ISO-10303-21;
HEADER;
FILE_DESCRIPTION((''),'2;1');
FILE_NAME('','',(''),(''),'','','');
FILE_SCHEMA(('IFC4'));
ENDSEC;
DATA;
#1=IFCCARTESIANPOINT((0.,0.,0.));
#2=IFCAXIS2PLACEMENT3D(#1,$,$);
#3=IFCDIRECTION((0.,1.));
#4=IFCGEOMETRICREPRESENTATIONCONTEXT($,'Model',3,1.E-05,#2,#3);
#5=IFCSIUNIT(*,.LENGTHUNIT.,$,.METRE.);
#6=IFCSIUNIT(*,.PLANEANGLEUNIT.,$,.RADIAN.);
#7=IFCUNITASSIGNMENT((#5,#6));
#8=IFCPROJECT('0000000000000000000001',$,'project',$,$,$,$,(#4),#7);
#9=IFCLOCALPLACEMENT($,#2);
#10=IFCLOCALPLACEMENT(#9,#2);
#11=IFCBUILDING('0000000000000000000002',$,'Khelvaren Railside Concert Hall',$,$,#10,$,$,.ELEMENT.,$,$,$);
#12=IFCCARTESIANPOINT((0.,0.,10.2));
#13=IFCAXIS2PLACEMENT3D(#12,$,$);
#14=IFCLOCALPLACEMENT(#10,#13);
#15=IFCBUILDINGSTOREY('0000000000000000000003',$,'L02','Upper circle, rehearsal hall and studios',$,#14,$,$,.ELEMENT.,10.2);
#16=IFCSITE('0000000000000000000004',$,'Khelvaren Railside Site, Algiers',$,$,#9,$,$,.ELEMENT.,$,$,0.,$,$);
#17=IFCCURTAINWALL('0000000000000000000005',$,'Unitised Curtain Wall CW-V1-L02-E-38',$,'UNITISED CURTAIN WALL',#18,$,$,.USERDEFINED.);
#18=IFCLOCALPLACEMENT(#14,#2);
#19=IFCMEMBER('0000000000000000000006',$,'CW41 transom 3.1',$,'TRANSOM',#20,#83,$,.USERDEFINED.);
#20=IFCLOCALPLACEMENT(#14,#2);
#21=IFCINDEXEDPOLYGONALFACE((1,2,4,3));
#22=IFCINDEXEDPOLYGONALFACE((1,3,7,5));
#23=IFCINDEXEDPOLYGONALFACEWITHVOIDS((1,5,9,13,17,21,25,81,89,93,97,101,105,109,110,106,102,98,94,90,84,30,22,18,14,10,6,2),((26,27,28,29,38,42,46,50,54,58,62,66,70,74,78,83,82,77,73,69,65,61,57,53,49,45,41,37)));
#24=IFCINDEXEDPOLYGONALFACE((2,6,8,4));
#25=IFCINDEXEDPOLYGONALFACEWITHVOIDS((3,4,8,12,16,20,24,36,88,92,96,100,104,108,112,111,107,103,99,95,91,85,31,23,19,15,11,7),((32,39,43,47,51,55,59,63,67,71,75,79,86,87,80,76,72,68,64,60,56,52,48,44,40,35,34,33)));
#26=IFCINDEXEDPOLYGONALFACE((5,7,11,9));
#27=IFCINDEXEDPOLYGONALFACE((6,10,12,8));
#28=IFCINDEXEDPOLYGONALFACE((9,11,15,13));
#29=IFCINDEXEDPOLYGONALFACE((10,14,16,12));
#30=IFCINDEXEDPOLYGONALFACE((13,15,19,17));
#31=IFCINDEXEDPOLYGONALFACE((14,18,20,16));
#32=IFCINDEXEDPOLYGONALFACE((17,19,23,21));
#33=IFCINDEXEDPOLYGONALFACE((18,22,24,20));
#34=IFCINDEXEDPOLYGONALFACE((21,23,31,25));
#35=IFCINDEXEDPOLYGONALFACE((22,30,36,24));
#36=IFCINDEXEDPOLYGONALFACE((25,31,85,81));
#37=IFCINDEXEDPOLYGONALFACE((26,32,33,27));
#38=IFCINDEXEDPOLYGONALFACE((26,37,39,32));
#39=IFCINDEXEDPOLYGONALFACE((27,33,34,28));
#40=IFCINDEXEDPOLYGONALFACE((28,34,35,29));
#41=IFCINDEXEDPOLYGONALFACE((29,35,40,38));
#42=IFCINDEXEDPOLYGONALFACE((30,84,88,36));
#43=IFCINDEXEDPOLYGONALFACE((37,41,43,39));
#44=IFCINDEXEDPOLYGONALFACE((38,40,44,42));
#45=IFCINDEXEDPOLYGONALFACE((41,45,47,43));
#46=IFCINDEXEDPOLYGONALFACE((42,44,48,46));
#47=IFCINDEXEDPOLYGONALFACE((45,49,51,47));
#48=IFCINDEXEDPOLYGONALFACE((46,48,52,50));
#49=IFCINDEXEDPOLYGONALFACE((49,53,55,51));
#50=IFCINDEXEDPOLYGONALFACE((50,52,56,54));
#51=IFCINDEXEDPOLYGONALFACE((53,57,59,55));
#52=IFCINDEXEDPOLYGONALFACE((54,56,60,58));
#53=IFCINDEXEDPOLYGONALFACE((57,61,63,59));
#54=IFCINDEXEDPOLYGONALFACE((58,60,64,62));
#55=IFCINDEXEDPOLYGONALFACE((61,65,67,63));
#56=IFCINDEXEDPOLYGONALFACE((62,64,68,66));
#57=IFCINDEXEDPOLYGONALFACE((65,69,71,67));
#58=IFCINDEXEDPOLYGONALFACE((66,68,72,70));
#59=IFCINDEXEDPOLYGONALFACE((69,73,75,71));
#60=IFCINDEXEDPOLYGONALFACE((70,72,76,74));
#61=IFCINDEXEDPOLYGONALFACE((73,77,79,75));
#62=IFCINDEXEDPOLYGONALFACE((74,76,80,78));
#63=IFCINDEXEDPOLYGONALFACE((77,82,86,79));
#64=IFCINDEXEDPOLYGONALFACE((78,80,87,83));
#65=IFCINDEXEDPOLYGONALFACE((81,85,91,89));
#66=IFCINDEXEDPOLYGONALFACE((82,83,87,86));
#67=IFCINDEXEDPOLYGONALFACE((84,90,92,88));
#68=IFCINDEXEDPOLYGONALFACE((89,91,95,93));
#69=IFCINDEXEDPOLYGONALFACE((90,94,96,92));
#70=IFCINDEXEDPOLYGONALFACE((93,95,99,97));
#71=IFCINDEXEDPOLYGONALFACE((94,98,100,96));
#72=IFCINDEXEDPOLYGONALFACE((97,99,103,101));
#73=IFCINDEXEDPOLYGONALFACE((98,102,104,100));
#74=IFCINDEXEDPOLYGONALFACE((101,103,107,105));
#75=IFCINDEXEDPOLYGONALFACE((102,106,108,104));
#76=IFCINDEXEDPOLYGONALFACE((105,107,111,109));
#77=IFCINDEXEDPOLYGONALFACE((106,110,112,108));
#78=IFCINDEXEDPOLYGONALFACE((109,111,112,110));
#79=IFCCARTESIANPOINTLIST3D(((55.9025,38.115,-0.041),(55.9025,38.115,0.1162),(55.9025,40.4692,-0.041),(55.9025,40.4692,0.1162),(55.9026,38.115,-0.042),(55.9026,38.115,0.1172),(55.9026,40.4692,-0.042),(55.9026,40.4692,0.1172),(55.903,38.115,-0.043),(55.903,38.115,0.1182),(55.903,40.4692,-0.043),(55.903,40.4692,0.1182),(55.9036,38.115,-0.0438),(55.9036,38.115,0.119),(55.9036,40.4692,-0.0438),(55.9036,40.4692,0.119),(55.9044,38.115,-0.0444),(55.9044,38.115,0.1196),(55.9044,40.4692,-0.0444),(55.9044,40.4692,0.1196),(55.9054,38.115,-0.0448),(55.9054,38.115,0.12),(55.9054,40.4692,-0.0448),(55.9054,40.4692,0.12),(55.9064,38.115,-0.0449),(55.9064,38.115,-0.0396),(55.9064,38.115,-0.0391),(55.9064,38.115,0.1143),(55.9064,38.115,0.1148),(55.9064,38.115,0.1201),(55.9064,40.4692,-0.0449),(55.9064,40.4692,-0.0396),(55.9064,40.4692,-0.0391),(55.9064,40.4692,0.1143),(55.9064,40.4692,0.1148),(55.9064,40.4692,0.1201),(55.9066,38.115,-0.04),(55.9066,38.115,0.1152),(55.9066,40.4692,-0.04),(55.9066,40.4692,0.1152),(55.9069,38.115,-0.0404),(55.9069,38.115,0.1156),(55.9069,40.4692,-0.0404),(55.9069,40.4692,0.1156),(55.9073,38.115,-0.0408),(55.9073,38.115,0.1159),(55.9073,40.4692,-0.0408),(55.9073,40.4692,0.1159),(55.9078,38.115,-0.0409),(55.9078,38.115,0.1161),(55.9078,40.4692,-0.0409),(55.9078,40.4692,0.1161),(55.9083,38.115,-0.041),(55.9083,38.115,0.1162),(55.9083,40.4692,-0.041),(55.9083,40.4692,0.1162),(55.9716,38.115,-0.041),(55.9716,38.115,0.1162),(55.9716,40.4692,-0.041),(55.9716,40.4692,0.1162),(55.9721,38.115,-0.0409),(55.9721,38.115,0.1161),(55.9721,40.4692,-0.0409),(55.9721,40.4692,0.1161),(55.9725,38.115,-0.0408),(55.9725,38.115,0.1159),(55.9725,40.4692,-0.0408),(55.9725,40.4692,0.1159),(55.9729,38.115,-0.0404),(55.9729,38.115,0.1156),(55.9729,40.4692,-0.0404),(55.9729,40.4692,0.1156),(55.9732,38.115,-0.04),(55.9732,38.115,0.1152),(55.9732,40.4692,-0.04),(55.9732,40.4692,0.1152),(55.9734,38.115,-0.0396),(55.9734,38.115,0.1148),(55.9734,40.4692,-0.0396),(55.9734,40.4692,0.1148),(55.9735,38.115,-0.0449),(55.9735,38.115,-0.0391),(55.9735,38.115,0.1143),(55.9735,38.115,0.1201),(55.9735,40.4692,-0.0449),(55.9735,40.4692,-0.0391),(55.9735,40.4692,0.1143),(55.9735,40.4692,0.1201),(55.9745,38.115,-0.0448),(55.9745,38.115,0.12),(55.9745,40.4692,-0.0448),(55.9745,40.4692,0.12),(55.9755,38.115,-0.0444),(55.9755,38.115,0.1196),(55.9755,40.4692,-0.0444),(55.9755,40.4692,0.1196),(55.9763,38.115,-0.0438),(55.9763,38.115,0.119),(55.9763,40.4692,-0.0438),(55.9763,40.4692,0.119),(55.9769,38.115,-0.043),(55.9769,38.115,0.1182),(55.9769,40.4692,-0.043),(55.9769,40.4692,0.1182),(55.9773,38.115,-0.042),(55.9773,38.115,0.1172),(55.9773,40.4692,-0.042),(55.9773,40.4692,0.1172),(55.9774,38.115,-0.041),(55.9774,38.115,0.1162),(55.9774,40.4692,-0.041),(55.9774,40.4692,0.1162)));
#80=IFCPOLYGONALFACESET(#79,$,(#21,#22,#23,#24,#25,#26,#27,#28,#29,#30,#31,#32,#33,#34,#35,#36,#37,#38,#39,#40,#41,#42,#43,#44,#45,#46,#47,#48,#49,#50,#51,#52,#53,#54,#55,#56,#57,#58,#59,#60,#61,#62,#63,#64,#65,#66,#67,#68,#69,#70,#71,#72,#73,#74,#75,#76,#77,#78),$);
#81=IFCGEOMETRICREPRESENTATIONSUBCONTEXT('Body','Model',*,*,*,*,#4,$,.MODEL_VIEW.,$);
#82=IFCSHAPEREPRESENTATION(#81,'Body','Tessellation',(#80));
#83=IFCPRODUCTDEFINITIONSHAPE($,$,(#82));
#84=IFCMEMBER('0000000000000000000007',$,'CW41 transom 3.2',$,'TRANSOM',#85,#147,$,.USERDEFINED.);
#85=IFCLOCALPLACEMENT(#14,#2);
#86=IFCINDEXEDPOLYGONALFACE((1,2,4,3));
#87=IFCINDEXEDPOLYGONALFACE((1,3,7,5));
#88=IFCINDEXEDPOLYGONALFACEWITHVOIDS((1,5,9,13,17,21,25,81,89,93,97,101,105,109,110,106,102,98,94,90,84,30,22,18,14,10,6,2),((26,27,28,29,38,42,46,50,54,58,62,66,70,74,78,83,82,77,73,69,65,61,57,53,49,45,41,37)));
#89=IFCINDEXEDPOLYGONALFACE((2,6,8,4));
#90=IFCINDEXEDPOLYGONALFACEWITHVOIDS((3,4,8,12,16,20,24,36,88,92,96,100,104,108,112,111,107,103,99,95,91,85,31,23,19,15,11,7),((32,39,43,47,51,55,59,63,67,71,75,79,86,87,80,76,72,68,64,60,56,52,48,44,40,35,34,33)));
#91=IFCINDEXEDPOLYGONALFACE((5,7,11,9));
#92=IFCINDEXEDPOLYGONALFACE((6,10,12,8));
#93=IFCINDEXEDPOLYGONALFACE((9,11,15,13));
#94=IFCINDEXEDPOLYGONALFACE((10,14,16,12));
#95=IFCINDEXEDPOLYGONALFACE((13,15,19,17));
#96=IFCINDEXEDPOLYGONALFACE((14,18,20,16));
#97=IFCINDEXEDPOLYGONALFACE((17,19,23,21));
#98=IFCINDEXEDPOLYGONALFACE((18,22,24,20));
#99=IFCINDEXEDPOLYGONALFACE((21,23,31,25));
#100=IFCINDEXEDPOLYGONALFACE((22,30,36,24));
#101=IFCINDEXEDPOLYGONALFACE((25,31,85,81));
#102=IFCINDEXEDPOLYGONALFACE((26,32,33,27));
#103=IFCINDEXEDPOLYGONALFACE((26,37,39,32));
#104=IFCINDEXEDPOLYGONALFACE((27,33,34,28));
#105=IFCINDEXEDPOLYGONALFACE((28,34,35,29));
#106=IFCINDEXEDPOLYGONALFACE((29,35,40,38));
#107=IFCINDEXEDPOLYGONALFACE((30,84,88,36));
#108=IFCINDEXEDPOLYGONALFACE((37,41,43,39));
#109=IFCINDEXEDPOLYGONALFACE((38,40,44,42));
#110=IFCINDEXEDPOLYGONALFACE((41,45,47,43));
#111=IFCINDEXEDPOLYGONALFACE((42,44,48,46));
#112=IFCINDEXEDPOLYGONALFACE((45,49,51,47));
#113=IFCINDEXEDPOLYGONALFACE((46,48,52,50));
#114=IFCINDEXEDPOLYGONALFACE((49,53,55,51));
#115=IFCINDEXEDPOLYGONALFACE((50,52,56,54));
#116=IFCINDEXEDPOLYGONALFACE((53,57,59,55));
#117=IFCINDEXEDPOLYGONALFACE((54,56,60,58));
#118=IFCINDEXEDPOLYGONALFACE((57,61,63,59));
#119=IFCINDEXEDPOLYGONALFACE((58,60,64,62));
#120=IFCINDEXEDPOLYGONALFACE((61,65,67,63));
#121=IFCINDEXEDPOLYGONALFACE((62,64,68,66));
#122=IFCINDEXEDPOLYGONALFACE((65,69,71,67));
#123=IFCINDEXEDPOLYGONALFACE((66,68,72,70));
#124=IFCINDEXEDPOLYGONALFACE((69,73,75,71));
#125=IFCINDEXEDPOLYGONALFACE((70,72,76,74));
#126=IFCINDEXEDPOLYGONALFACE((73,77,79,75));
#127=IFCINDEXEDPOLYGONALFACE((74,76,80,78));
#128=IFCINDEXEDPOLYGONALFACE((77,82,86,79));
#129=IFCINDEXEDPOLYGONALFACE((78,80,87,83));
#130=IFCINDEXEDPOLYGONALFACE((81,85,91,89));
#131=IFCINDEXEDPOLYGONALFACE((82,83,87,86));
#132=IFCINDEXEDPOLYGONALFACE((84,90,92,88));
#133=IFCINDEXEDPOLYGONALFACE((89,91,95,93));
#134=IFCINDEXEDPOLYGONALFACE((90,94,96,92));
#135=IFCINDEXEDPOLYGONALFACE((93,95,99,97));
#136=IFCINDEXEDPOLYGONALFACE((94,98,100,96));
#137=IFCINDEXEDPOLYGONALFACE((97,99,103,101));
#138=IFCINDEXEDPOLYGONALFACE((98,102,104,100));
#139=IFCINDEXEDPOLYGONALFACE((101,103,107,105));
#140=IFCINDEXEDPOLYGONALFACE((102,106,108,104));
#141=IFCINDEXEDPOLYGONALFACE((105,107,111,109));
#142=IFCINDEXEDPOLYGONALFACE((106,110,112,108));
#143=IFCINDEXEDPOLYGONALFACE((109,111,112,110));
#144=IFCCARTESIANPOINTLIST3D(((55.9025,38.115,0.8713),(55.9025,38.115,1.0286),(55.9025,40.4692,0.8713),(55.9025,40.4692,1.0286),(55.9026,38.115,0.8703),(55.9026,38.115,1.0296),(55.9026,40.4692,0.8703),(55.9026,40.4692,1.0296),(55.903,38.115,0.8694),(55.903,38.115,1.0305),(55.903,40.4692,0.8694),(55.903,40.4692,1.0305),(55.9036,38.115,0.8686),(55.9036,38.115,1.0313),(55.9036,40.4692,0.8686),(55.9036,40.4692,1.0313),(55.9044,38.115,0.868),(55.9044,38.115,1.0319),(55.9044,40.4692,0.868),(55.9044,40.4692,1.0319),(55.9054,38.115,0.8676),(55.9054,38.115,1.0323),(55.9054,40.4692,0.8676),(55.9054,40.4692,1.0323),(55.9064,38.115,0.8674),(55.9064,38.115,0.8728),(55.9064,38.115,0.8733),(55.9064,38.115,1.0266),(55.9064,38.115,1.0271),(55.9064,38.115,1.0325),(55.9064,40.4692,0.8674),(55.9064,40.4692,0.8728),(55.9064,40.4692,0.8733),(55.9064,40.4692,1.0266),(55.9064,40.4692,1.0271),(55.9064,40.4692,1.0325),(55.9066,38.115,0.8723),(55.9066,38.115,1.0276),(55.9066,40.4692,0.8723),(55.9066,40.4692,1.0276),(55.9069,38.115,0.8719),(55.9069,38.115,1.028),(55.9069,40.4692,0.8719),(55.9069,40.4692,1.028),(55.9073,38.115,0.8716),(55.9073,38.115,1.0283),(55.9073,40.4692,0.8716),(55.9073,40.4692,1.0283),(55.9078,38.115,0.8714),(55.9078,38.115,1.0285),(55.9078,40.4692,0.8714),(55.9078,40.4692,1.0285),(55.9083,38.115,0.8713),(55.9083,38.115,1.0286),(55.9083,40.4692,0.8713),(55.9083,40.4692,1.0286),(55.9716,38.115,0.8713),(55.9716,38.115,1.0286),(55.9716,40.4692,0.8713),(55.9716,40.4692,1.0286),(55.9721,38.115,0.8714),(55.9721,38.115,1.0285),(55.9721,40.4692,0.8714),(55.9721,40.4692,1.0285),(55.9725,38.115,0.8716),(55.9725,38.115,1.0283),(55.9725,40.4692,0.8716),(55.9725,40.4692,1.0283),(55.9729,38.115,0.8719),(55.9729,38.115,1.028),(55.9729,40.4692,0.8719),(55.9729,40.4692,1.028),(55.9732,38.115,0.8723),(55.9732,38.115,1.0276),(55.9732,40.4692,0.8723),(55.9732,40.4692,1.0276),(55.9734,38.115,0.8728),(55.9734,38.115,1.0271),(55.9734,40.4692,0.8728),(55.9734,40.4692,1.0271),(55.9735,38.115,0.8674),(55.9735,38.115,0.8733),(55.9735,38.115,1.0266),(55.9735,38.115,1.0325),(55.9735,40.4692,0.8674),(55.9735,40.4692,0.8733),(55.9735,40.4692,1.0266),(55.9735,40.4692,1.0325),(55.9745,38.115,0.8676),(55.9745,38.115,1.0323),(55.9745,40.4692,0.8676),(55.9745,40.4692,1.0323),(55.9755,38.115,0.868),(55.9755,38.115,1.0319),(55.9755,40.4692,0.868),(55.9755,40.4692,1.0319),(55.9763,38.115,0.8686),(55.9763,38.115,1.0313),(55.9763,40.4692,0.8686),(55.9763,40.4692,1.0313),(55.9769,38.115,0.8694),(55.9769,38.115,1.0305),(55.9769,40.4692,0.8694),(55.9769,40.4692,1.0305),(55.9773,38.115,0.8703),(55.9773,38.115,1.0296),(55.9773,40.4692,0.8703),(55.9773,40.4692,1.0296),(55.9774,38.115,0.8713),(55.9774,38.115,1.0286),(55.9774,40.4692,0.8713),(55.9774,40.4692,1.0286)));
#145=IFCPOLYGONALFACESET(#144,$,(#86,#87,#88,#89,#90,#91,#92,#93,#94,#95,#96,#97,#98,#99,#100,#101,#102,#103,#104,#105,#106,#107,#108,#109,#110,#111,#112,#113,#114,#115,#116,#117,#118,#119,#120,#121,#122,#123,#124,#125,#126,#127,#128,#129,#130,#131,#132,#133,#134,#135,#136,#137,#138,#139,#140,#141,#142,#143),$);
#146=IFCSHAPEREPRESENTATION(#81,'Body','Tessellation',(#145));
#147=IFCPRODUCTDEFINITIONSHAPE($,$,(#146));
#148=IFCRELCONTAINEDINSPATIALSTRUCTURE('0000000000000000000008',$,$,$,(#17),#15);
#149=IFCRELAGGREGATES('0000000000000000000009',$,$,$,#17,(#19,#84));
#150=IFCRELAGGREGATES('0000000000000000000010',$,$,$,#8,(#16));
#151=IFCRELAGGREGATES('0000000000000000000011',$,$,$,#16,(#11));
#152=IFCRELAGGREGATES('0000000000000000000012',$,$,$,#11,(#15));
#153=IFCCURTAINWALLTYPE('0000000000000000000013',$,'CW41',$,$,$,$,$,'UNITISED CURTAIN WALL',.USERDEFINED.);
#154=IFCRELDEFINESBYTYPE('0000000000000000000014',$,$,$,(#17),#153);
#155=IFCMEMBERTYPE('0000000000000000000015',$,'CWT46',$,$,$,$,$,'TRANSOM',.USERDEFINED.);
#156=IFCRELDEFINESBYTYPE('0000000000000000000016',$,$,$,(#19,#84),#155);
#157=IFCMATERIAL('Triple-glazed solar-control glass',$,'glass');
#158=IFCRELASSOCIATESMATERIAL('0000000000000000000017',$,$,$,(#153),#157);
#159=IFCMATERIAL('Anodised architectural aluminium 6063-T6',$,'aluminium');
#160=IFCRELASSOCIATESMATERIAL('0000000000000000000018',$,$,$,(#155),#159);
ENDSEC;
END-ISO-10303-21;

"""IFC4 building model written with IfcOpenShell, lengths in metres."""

from ifc_helpers import new_model, si_unit, direction, frame, origin, origin_2d, place, context, subcontext, project, spatial, hollow_rectangle, extrude, material, material_profile, profile_set, type_object, element, aggregate, save


model = new_model("IFC4")

# Units and contexts
model_context = context("Model", 3, precision=1e-05, world=origin(), true_north=direction((0.0, 1.0)))
body_context = subcontext(model_context, "Body", "Model", "MODEL_VIEW")
ifc_project = project(units=[si_unit("LENGTHUNIT", "METRE"), si_unit("PLANEANGLEUNIT", "RADIAN")], contexts=[model_context])

# Site, building, storey
site_placement = place(None, origin())
site = spatial("IfcSite", under=ifc_project, at=site_placement, Name="Khelvaren Railside Site, Algiers", CompositionType="ELEMENT", RefElevation=0.0)
building_placement = place(site_placement, origin())
building = spatial("IfcBuilding", under=site, at=building_placement, Name="Khelvaren Railside Concert Hall", CompositionType="ELEMENT")
storey_placement = place(building_placement, frame((0.0, 0.0, 10.2)))
storey = spatial("IfcBuildingStorey", under=building, at=storey_placement, Name="L02", Description="Upper circle, rehearsal hall and studios", CompositionType="ELEMENT", Elevation=10.2)

# Curtain wall, members
ifc_material_1 = material(Name="Triple-glazed solar-control glass", Category="glass")
curtain_wall_type = type_object("IfcCurtainWallType", Name="CW41", ElementType="UNITISED CURTAIN WALL", PredefinedType="USERDEFINED", material=ifc_material_1)
curtain_wall_placement = place(storey_placement, origin())
curtain_wall = element("IfcCurtainWall", 1, at=curtain_wall_placement, inside=storey, type_object=curtain_wall_type, Name="Unitised Curtain Wall CW-V1-L02-E-38", ObjectType="UNITISED CURTAIN WALL", PredefinedType="USERDEFINED")
ifc_material_2 = material(Name="Anodised architectural aluminium 6063-T6", Category="aluminium")
ifc_material_profile_1 = material_profile(ifc_material_2, hollow_rectangle(XDim=0.075, YDim=0.165, WallThickness=0.0039, InnerFilletRadius=0.002, OuterFilletRadius=0.0039, at=origin_2d()), Name="CWT 75x165x4")
ifc_profile_set_1 = profile_set([ifc_material_profile_1], Name="Anodised architectural aluminium 6063-T6")
member_type_1 = type_object("IfcMemberType", Name="CWT46", ElementType="TRANSOM", PredefinedType="USERDEFINED", material=ifc_profile_set_1)
member_1_placement = place(storey_placement, frame((55.9399, 40.4692, 0.0376), z_axis=(0.0, -1.0, 0.0), x_axis=(1.0, 0.0, 0.0)))
member_1 = element("IfcMember", 2, at=member_1_placement, type_object=member_type_1, Name="CW41 transom 3.1", ObjectType="TRANSOM", PredefinedType="USERDEFINED", context=body_context, shape_type="SweptSolid", body=[
    extrude(hollow_rectangle(XDim=0.075, YDim=0.165, WallThickness=0.0039, InnerFilletRadius=0.002, OuterFilletRadius=0.0039, at=origin_2d()), origin(), (0.0, 0.0, 1.0), 2.3542),
])
member_2_placement = place(storey_placement, frame((55.9399, 40.4692, 0.95), z_axis=(0.0, -1.0, 0.0), x_axis=(1.0, 0.0, 0.0)))
member_2 = element("IfcMember", 3, at=member_2_placement, type_object=member_type_1, Name="CW41 transom 3.2", ObjectType="TRANSOM", PredefinedType="USERDEFINED", context=body_context, shape_type="SweptSolid", body=[
    extrude(hollow_rectangle(XDim=0.075, YDim=0.165, WallThickness=0.0039, InnerFilletRadius=0.002, OuterFilletRadius=0.0039, at=origin_2d()), origin(), (0.0, 0.0, 1.0), 2.3542),
])
aggregate(curtain_wall, [member_1, member_2])

save(model, "model.ifc")
